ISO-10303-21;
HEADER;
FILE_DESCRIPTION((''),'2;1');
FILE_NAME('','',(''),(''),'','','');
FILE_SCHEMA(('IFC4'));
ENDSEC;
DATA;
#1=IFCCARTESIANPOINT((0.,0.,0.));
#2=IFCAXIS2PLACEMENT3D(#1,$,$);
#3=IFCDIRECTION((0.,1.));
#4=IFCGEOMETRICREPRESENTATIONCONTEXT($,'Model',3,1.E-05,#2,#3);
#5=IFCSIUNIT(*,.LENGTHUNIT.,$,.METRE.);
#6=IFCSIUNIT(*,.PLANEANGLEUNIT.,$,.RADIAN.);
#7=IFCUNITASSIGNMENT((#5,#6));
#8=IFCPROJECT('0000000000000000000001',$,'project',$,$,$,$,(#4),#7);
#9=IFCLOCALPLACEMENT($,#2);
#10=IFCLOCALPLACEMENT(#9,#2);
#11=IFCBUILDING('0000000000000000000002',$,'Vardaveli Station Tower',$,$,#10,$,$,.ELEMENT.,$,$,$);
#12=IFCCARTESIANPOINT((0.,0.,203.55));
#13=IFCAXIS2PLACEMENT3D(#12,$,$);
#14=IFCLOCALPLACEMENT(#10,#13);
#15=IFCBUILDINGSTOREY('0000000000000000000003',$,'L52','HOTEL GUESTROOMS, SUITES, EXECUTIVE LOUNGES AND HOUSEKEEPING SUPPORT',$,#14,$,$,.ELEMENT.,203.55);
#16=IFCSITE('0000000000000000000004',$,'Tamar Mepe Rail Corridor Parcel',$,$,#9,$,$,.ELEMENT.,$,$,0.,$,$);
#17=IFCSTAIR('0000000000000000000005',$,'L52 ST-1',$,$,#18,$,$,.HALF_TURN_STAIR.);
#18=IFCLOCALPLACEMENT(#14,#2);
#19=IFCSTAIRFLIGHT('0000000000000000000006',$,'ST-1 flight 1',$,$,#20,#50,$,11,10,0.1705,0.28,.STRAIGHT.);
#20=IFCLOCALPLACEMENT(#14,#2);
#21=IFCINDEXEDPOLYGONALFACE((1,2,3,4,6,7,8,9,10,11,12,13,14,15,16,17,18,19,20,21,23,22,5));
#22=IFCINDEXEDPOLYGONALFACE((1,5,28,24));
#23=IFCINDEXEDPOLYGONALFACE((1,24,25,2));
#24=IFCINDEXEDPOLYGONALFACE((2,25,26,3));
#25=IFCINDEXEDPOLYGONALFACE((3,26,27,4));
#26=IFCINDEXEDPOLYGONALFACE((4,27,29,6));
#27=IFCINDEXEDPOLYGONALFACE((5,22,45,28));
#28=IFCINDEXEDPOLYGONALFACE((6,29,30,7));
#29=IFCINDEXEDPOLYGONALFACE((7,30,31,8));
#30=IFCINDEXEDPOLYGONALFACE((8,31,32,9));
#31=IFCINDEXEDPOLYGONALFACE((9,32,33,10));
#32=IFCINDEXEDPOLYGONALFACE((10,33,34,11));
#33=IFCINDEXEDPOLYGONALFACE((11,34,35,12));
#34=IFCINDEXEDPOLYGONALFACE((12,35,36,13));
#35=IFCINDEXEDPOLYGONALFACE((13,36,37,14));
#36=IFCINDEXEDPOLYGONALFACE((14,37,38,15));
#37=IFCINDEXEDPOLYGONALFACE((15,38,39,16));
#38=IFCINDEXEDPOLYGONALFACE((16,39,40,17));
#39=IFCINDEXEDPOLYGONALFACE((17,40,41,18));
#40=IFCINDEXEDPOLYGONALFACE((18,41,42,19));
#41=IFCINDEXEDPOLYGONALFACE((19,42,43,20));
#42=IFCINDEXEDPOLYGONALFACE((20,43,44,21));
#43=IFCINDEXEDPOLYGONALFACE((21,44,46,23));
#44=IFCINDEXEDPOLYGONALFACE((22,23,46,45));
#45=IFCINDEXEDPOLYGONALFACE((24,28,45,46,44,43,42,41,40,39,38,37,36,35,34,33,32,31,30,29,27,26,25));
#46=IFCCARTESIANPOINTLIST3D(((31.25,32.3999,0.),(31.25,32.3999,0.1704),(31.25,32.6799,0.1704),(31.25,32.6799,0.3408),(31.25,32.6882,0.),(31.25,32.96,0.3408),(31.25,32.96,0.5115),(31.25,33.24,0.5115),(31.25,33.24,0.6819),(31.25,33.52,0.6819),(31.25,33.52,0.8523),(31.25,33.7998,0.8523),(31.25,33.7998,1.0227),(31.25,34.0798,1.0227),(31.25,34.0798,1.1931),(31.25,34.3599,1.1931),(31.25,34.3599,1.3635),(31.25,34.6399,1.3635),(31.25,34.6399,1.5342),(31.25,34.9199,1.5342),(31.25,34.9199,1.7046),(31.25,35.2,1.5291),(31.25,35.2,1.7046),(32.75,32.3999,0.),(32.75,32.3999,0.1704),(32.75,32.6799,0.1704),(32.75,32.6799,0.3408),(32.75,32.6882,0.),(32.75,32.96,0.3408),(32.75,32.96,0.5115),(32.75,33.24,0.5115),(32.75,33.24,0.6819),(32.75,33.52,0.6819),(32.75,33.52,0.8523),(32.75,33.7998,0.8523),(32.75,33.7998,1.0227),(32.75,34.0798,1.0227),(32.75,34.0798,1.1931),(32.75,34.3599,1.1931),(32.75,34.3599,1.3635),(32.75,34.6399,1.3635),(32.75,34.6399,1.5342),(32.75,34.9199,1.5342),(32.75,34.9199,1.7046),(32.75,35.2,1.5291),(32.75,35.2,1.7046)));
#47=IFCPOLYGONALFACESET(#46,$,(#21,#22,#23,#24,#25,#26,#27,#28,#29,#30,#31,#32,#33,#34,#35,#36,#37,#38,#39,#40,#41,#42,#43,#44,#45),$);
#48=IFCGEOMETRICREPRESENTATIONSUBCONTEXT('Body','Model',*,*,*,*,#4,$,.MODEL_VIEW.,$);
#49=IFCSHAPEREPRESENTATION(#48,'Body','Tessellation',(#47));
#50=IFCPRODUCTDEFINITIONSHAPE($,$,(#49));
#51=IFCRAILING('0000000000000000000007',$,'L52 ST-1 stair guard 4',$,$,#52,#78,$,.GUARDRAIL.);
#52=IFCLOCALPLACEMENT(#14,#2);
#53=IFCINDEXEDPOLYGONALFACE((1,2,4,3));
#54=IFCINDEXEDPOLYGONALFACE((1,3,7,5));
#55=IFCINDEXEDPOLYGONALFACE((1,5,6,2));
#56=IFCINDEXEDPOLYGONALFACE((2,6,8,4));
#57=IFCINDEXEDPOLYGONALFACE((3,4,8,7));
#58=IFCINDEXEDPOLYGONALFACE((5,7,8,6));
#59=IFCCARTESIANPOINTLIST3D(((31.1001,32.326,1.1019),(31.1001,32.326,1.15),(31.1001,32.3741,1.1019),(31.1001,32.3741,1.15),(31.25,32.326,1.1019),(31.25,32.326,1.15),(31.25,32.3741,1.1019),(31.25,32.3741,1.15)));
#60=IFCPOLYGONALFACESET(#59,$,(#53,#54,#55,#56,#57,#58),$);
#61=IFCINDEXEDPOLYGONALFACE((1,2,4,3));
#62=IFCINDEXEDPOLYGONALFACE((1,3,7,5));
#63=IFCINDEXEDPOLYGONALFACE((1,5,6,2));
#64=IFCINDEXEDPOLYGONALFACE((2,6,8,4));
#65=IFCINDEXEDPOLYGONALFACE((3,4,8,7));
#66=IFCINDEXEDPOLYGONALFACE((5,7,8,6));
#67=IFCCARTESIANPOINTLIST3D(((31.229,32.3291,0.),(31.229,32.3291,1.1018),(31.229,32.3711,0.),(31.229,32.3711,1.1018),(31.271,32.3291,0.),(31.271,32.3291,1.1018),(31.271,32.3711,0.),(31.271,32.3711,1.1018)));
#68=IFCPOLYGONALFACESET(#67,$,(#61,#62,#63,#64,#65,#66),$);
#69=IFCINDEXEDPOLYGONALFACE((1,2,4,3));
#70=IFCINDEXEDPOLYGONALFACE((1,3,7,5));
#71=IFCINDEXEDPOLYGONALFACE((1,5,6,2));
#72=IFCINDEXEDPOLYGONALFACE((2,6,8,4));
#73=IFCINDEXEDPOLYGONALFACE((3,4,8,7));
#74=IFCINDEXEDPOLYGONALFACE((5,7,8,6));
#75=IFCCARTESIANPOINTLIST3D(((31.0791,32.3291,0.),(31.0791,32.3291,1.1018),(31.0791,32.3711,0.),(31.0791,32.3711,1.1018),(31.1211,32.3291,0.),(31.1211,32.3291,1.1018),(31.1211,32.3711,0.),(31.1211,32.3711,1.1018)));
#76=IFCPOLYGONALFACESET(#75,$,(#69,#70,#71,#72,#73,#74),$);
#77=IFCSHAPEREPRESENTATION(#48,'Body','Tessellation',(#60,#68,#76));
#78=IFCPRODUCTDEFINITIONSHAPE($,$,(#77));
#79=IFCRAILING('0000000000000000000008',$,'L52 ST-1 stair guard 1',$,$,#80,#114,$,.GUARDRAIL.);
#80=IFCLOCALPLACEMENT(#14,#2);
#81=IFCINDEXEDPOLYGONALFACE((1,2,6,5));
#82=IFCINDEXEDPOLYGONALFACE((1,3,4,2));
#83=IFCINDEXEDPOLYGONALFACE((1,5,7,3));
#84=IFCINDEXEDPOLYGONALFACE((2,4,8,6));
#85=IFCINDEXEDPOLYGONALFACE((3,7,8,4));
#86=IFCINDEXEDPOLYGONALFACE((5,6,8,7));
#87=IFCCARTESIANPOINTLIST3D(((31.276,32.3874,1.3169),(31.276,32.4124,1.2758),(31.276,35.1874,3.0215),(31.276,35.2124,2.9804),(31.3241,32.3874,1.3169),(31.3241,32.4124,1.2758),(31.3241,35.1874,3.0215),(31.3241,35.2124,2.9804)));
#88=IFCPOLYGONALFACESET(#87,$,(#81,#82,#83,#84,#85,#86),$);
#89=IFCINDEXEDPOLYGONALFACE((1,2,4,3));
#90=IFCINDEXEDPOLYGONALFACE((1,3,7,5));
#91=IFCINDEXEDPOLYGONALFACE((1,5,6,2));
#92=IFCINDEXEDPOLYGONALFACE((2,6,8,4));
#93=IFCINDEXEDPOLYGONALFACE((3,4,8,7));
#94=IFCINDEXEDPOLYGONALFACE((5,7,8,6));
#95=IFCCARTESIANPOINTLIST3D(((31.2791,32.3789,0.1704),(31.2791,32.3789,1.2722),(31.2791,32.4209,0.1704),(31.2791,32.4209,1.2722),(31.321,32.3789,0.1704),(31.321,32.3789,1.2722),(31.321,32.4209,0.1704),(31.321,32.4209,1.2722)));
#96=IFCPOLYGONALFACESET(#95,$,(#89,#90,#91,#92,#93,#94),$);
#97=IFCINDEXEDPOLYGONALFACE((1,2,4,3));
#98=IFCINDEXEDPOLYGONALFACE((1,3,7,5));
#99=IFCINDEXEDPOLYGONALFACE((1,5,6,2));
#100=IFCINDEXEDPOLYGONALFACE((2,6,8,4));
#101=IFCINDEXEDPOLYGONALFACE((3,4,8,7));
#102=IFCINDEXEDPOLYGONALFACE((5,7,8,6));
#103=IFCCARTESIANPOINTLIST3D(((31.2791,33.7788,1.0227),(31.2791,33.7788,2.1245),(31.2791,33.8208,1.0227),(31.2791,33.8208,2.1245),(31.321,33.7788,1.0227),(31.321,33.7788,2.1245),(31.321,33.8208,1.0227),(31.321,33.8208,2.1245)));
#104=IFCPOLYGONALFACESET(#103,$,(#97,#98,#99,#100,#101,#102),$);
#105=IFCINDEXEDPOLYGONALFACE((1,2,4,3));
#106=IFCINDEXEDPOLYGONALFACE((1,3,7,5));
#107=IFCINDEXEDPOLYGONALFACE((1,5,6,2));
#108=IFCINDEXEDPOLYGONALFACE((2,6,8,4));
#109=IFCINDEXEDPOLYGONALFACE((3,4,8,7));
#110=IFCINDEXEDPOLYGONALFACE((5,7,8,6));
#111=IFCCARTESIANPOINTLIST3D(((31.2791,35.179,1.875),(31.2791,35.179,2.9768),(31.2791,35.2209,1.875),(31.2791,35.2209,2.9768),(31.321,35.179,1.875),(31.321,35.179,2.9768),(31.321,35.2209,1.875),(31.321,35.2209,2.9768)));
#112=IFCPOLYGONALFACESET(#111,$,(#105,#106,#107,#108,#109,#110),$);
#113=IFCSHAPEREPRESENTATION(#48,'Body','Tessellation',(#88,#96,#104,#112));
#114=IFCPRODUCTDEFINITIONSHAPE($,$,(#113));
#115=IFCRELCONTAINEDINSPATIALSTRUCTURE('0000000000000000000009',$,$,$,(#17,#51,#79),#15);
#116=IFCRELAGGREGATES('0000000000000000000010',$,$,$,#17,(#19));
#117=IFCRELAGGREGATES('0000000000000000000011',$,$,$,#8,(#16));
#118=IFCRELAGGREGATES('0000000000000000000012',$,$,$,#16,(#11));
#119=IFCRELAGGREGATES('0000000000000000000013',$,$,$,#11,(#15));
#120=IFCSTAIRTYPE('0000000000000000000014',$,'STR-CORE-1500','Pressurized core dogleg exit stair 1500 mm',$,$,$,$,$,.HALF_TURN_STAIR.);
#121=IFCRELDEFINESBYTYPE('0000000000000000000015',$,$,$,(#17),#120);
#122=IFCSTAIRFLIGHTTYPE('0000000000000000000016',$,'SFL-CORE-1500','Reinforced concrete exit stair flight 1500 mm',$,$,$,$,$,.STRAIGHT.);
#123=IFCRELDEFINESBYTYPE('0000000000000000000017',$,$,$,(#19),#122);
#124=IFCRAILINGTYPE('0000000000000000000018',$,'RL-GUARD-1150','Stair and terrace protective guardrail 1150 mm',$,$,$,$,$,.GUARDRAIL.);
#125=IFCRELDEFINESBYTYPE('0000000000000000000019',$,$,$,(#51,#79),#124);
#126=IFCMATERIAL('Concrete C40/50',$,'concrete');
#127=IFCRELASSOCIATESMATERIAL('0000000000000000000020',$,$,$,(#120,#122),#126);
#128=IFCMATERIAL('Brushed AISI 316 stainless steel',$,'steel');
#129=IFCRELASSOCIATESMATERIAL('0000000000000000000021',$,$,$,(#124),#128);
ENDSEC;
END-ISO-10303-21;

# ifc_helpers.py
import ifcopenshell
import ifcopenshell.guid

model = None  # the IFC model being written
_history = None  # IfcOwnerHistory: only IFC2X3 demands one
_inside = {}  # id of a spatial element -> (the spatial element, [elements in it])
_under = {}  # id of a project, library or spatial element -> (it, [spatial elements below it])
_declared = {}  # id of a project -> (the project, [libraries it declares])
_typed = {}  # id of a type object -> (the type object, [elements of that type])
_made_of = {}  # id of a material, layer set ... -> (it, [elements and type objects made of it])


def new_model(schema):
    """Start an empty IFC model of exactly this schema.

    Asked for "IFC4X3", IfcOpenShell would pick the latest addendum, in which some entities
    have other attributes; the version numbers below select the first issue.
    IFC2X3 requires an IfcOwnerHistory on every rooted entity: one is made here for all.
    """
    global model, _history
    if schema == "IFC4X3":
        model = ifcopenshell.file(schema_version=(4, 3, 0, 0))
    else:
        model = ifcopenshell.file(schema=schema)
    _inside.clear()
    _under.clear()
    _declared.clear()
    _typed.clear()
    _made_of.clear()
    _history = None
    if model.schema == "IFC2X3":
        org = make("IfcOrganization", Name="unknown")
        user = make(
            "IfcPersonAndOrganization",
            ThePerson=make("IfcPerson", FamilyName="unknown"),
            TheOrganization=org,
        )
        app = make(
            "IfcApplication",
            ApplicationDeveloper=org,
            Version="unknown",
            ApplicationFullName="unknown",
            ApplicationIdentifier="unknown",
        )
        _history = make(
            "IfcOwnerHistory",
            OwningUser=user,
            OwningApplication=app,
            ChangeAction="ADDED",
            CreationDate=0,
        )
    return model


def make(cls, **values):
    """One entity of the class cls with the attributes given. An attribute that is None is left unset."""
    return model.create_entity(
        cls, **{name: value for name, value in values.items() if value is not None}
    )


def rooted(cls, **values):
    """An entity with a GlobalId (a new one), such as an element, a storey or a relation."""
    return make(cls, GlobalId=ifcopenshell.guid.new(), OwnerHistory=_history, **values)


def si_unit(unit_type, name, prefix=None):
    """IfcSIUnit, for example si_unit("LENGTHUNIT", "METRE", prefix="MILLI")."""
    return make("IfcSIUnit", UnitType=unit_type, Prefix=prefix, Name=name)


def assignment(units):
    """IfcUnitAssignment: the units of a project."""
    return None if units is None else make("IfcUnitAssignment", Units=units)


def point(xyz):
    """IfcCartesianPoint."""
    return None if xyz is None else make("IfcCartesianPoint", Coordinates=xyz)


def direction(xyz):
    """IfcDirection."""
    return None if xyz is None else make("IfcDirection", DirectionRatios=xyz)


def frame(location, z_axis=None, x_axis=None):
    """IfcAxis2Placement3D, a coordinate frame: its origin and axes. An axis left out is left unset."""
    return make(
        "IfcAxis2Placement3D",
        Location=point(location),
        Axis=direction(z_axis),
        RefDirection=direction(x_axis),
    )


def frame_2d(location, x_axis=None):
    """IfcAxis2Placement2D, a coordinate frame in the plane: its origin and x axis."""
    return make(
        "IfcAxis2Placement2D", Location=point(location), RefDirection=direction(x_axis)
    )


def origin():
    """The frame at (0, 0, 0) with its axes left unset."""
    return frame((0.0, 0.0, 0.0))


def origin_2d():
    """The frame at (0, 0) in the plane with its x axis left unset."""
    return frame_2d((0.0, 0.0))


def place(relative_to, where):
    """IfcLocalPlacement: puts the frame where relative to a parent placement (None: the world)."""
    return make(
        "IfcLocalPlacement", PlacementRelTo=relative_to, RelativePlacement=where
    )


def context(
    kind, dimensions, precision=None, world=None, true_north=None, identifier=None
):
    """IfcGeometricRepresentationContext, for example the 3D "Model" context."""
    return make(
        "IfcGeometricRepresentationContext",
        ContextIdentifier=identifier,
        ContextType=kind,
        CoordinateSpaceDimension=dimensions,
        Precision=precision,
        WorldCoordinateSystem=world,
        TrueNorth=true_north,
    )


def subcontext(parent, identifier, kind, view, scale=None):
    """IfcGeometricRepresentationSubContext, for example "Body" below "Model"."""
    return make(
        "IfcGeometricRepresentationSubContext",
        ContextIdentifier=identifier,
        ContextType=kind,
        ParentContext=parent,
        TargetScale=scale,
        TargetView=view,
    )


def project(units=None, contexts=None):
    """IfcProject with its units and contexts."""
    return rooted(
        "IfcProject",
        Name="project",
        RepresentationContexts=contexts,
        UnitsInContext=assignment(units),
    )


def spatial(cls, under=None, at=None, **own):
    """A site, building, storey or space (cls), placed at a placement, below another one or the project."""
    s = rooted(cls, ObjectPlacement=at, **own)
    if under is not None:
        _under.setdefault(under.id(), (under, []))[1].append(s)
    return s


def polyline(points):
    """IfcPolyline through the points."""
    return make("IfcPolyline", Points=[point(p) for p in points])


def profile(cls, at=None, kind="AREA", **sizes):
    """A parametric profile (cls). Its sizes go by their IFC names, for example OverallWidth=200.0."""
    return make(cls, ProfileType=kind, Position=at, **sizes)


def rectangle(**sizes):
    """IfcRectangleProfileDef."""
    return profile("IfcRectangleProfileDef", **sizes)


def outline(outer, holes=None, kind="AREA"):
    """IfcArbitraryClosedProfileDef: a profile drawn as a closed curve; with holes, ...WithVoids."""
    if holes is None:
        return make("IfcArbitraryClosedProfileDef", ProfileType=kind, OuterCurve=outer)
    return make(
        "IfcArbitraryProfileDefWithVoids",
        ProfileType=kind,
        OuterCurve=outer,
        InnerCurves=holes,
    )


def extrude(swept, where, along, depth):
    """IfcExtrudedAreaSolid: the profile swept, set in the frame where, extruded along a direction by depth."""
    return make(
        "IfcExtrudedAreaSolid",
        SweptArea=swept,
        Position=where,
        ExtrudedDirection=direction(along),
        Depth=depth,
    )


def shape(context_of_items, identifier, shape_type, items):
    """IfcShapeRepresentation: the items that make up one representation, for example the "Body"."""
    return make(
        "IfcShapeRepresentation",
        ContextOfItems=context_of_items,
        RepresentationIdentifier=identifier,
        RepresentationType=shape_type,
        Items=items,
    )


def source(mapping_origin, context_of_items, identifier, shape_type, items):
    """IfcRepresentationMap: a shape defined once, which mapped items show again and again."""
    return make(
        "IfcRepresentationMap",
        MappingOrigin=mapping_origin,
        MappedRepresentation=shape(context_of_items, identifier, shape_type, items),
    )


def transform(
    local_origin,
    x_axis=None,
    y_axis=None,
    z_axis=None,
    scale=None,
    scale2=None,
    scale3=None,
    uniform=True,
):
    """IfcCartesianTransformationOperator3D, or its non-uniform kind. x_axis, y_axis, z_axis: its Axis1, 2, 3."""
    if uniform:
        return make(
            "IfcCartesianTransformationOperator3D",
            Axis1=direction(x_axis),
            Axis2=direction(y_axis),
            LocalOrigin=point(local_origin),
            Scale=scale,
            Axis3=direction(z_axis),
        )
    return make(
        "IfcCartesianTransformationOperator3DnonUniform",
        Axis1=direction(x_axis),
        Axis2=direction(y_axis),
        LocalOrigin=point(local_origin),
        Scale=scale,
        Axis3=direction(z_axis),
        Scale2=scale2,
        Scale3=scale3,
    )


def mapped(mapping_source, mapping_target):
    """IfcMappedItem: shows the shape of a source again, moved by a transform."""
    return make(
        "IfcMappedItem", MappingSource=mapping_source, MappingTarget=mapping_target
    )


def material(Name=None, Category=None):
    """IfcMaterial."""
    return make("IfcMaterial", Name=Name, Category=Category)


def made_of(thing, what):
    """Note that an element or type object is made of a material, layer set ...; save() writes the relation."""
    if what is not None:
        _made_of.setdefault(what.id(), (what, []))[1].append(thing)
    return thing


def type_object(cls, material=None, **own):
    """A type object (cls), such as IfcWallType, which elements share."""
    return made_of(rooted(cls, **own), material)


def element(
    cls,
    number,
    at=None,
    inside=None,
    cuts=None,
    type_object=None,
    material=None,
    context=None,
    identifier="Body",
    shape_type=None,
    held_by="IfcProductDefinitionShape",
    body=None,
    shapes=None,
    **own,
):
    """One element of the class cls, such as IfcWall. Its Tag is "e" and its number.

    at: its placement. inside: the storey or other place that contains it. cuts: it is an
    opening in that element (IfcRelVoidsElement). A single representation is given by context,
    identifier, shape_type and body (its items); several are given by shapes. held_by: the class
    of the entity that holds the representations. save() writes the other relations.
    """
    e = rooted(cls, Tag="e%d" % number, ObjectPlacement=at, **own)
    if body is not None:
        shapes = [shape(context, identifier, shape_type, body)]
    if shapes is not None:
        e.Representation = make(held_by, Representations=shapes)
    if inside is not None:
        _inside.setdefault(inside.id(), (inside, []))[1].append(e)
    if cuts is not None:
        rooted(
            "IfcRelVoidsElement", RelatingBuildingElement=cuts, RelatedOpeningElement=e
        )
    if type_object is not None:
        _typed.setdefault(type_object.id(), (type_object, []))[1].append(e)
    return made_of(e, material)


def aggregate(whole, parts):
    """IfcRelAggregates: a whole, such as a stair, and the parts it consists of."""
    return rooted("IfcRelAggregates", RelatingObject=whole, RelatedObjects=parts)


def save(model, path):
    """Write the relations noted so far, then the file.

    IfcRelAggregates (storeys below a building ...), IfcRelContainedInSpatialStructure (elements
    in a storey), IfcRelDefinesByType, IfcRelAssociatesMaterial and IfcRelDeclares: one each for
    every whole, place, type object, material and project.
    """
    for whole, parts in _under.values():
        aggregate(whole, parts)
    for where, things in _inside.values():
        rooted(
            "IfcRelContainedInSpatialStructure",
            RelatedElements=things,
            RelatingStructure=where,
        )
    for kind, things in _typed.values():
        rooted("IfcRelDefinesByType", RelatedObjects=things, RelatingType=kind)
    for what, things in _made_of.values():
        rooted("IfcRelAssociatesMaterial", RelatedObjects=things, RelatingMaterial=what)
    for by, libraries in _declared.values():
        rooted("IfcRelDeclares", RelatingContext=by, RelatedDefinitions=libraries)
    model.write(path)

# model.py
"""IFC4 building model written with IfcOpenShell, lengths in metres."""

from ifc_helpers import new_model, si_unit, direction, frame, origin, origin_2d, place, context, subcontext, project, spatial, polyline, rectangle, outline, extrude, source, transform, mapped, material, type_object, element, aggregate, save


model = new_model("IFC4")

# Units and contexts
model_context = context("Model", 3, precision=1e-05, world=origin(), true_north=direction((0.0, 1.0)))
body_context = subcontext(model_context, "Body", "Model", "MODEL_VIEW")
ifc_project = project(units=[si_unit("LENGTHUNIT", "METRE"), si_unit("PLANEANGLEUNIT", "RADIAN")], contexts=[model_context])

# Site, building, storey
site_placement = place(None, origin())
site = spatial("IfcSite", under=ifc_project, at=site_placement, Name="Tamar Mepe Rail Corridor Parcel", CompositionType="ELEMENT", RefElevation=0.0)
building_placement = place(site_placement, origin())
building = spatial("IfcBuilding", under=site, at=building_placement, Name="Vardaveli Station Tower", CompositionType="ELEMENT")
storey_placement = place(building_placement, frame((0.0, 0.0, 203.55)))
storey = spatial("IfcBuildingStorey", under=building, at=storey_placement, Name="L52", Description="HOTEL GUESTROOMS, SUITES, EXECUTIVE LOUNGES AND HOUSEKEEPING SUPPORT", CompositionType="ELEMENT", Elevation=203.55)

# Shared definitions
ifc_material_1 = material(Name="Concrete C40/50", Category="concrete")

# Stair, stair flight
stair_type = type_object("IfcStairType", Name="STR-CORE-1500", Description="Pressurized core dogleg exit stair 1500 mm", PredefinedType="HALF_TURN_STAIR", material=ifc_material_1)
stair_placement = place(storey_placement, origin())
stair = element("IfcStair", 1, at=stair_placement, inside=storey, type_object=stair_type, Name="L52 ST-1", PredefinedType="HALF_TURN_STAIR")
stair_flight_type = type_object("IfcStairFlightType", Name="SFL-CORE-1500", Description="Reinforced concrete exit stair flight 1500 mm", PredefinedType="STRAIGHT", material=ifc_material_1)
shared_shape_1 = source(origin(), body_context, "Body", "SweptSolid", [
    extrude(outline(polyline([(0.0, 0.0), (0.0, 0.1704), (0.28, 0.1704), (0.28, 0.3408), (0.5601, 0.3408), (0.5601, 0.5115), (0.8401, 0.5115), (0.8401, 0.6819), (1.1201, 0.6819), (1.1201, 0.8523), (1.3999, 0.8523), (1.3999, 1.0227), (1.6799, 1.0227), (1.6799, 1.1931), (1.96, 1.1931), (1.96, 1.3635), (2.24, 1.3635), (2.24, 1.5342), (2.52, 1.5342), (2.52, 1.7046), (2.8, 1.7046), (2.8, 1.875), (2.8, 1.5291), (0.2883, 0.0), (0.0, 0.0)])), frame((0.0, 0.75, 0.0), z_axis=(0.0, -1.0, 0.0), x_axis=(1.0, 0.0, 0.0)), (0.0, 0.0, 1.0), 1.5),
])
stair_flight_placement = place(storey_placement, frame((32.0, 32.3999, 0.0), z_axis=(0.0, 0.0, 1.0), x_axis=(0.0, 1.0, 0.0)))
stair_flight = element("IfcStairFlight", 2, at=stair_flight_placement, type_object=stair_flight_type, Name="ST-1 flight 1", NumberOfRisers=11, NumberOfTreads=10, PredefinedType="STRAIGHT", RiserHeight=0.1705, TreadLength=0.28, context=body_context, shape_type="MappedRepresentation", body=[
    mapped(shared_shape_1, transform((0.0, 0.0, 0.0), scale=1.0)),
])
aggregate(stair, [stair_flight])

# Railings
ifc_material_2 = material(Name="Brushed AISI 316 stainless steel", Category="steel")
railing_type = type_object("IfcRailingType", Name="RL-GUARD-1150", Description="Stair and terrace protective guardrail 1150 mm", PredefinedType="GUARDRAIL", material=ifc_material_2)
shared_shape_2 = source(origin(), body_context, "Body", "SweptSolid", [
    extrude(rectangle(XDim=0.0481, YDim=0.0481, at=origin_2d()), frame((0.0, 0.0, 1.126), z_axis=(-1.0, 0.0, 0.0), x_axis=(0.0, -1.0, 0.0)), (0.0, 0.0, 1.0), 0.1499),
    extrude(rectangle(XDim=0.042, YDim=0.042, at=origin_2d()), origin(), (0.0, 0.0, 1.0), 1.1018),
    extrude(rectangle(XDim=0.042, YDim=0.042, at=origin_2d()), frame((-0.1499, 0.0, 0.0)), (0.0, 0.0, 1.0), 1.1018),
])
railing_1_placement = place(storey_placement, frame((31.25, 32.3501, 0.0)))
element("IfcRailing", 3, at=railing_1_placement, inside=storey, type_object=railing_type, Name="L52 ST-1 stair guard 4", PredefinedType="GUARDRAIL", context=body_context, shape_type="MappedRepresentation", body=[
    mapped(shared_shape_2, transform((0.0, 0.0, 0.0), scale=1.0)),
])
shared_shape_3 = source(origin(), body_context, "Body", "SweptSolid", [
    extrude(rectangle(XDim=0.0481, YDim=0.0481, at=origin_2d()), frame((0.0, 0.0, 1.126), z_axis=(0.0, 0.85417, 0.519994), x_axis=(-1.0, 0.0, 0.0)), (0.0, 0.0, 1.0), 3.2781),
    extrude(rectangle(XDim=0.042, YDim=0.042, at=origin_2d()), origin(), (0.0, 0.0, 1.0), 1.1018),
    extrude(rectangle(XDim=0.042, YDim=0.042, at=origin_2d()), frame((0.0, 1.3999, 0.8523)), (0.0, 0.0, 1.0), 1.1018),
    extrude(rectangle(XDim=0.042, YDim=0.042, at=origin_2d()), frame((0.0, 2.8, 1.7046)), (0.0, 0.0, 1.0), 1.1018),
])
railing_2_placement = place(storey_placement, frame((31.3, 32.3999, 0.1704)))
element("IfcRailing", 4, at=railing_2_placement, inside=storey, type_object=railing_type, Name="L52 ST-1 stair guard 1", PredefinedType="GUARDRAIL", context=body_context, shape_type="MappedRepresentation", body=[
    mapped(shared_shape_3, transform((0.0, 0.0, 0.0), scale=1.0)),
])

save(model, "model.ifc")
